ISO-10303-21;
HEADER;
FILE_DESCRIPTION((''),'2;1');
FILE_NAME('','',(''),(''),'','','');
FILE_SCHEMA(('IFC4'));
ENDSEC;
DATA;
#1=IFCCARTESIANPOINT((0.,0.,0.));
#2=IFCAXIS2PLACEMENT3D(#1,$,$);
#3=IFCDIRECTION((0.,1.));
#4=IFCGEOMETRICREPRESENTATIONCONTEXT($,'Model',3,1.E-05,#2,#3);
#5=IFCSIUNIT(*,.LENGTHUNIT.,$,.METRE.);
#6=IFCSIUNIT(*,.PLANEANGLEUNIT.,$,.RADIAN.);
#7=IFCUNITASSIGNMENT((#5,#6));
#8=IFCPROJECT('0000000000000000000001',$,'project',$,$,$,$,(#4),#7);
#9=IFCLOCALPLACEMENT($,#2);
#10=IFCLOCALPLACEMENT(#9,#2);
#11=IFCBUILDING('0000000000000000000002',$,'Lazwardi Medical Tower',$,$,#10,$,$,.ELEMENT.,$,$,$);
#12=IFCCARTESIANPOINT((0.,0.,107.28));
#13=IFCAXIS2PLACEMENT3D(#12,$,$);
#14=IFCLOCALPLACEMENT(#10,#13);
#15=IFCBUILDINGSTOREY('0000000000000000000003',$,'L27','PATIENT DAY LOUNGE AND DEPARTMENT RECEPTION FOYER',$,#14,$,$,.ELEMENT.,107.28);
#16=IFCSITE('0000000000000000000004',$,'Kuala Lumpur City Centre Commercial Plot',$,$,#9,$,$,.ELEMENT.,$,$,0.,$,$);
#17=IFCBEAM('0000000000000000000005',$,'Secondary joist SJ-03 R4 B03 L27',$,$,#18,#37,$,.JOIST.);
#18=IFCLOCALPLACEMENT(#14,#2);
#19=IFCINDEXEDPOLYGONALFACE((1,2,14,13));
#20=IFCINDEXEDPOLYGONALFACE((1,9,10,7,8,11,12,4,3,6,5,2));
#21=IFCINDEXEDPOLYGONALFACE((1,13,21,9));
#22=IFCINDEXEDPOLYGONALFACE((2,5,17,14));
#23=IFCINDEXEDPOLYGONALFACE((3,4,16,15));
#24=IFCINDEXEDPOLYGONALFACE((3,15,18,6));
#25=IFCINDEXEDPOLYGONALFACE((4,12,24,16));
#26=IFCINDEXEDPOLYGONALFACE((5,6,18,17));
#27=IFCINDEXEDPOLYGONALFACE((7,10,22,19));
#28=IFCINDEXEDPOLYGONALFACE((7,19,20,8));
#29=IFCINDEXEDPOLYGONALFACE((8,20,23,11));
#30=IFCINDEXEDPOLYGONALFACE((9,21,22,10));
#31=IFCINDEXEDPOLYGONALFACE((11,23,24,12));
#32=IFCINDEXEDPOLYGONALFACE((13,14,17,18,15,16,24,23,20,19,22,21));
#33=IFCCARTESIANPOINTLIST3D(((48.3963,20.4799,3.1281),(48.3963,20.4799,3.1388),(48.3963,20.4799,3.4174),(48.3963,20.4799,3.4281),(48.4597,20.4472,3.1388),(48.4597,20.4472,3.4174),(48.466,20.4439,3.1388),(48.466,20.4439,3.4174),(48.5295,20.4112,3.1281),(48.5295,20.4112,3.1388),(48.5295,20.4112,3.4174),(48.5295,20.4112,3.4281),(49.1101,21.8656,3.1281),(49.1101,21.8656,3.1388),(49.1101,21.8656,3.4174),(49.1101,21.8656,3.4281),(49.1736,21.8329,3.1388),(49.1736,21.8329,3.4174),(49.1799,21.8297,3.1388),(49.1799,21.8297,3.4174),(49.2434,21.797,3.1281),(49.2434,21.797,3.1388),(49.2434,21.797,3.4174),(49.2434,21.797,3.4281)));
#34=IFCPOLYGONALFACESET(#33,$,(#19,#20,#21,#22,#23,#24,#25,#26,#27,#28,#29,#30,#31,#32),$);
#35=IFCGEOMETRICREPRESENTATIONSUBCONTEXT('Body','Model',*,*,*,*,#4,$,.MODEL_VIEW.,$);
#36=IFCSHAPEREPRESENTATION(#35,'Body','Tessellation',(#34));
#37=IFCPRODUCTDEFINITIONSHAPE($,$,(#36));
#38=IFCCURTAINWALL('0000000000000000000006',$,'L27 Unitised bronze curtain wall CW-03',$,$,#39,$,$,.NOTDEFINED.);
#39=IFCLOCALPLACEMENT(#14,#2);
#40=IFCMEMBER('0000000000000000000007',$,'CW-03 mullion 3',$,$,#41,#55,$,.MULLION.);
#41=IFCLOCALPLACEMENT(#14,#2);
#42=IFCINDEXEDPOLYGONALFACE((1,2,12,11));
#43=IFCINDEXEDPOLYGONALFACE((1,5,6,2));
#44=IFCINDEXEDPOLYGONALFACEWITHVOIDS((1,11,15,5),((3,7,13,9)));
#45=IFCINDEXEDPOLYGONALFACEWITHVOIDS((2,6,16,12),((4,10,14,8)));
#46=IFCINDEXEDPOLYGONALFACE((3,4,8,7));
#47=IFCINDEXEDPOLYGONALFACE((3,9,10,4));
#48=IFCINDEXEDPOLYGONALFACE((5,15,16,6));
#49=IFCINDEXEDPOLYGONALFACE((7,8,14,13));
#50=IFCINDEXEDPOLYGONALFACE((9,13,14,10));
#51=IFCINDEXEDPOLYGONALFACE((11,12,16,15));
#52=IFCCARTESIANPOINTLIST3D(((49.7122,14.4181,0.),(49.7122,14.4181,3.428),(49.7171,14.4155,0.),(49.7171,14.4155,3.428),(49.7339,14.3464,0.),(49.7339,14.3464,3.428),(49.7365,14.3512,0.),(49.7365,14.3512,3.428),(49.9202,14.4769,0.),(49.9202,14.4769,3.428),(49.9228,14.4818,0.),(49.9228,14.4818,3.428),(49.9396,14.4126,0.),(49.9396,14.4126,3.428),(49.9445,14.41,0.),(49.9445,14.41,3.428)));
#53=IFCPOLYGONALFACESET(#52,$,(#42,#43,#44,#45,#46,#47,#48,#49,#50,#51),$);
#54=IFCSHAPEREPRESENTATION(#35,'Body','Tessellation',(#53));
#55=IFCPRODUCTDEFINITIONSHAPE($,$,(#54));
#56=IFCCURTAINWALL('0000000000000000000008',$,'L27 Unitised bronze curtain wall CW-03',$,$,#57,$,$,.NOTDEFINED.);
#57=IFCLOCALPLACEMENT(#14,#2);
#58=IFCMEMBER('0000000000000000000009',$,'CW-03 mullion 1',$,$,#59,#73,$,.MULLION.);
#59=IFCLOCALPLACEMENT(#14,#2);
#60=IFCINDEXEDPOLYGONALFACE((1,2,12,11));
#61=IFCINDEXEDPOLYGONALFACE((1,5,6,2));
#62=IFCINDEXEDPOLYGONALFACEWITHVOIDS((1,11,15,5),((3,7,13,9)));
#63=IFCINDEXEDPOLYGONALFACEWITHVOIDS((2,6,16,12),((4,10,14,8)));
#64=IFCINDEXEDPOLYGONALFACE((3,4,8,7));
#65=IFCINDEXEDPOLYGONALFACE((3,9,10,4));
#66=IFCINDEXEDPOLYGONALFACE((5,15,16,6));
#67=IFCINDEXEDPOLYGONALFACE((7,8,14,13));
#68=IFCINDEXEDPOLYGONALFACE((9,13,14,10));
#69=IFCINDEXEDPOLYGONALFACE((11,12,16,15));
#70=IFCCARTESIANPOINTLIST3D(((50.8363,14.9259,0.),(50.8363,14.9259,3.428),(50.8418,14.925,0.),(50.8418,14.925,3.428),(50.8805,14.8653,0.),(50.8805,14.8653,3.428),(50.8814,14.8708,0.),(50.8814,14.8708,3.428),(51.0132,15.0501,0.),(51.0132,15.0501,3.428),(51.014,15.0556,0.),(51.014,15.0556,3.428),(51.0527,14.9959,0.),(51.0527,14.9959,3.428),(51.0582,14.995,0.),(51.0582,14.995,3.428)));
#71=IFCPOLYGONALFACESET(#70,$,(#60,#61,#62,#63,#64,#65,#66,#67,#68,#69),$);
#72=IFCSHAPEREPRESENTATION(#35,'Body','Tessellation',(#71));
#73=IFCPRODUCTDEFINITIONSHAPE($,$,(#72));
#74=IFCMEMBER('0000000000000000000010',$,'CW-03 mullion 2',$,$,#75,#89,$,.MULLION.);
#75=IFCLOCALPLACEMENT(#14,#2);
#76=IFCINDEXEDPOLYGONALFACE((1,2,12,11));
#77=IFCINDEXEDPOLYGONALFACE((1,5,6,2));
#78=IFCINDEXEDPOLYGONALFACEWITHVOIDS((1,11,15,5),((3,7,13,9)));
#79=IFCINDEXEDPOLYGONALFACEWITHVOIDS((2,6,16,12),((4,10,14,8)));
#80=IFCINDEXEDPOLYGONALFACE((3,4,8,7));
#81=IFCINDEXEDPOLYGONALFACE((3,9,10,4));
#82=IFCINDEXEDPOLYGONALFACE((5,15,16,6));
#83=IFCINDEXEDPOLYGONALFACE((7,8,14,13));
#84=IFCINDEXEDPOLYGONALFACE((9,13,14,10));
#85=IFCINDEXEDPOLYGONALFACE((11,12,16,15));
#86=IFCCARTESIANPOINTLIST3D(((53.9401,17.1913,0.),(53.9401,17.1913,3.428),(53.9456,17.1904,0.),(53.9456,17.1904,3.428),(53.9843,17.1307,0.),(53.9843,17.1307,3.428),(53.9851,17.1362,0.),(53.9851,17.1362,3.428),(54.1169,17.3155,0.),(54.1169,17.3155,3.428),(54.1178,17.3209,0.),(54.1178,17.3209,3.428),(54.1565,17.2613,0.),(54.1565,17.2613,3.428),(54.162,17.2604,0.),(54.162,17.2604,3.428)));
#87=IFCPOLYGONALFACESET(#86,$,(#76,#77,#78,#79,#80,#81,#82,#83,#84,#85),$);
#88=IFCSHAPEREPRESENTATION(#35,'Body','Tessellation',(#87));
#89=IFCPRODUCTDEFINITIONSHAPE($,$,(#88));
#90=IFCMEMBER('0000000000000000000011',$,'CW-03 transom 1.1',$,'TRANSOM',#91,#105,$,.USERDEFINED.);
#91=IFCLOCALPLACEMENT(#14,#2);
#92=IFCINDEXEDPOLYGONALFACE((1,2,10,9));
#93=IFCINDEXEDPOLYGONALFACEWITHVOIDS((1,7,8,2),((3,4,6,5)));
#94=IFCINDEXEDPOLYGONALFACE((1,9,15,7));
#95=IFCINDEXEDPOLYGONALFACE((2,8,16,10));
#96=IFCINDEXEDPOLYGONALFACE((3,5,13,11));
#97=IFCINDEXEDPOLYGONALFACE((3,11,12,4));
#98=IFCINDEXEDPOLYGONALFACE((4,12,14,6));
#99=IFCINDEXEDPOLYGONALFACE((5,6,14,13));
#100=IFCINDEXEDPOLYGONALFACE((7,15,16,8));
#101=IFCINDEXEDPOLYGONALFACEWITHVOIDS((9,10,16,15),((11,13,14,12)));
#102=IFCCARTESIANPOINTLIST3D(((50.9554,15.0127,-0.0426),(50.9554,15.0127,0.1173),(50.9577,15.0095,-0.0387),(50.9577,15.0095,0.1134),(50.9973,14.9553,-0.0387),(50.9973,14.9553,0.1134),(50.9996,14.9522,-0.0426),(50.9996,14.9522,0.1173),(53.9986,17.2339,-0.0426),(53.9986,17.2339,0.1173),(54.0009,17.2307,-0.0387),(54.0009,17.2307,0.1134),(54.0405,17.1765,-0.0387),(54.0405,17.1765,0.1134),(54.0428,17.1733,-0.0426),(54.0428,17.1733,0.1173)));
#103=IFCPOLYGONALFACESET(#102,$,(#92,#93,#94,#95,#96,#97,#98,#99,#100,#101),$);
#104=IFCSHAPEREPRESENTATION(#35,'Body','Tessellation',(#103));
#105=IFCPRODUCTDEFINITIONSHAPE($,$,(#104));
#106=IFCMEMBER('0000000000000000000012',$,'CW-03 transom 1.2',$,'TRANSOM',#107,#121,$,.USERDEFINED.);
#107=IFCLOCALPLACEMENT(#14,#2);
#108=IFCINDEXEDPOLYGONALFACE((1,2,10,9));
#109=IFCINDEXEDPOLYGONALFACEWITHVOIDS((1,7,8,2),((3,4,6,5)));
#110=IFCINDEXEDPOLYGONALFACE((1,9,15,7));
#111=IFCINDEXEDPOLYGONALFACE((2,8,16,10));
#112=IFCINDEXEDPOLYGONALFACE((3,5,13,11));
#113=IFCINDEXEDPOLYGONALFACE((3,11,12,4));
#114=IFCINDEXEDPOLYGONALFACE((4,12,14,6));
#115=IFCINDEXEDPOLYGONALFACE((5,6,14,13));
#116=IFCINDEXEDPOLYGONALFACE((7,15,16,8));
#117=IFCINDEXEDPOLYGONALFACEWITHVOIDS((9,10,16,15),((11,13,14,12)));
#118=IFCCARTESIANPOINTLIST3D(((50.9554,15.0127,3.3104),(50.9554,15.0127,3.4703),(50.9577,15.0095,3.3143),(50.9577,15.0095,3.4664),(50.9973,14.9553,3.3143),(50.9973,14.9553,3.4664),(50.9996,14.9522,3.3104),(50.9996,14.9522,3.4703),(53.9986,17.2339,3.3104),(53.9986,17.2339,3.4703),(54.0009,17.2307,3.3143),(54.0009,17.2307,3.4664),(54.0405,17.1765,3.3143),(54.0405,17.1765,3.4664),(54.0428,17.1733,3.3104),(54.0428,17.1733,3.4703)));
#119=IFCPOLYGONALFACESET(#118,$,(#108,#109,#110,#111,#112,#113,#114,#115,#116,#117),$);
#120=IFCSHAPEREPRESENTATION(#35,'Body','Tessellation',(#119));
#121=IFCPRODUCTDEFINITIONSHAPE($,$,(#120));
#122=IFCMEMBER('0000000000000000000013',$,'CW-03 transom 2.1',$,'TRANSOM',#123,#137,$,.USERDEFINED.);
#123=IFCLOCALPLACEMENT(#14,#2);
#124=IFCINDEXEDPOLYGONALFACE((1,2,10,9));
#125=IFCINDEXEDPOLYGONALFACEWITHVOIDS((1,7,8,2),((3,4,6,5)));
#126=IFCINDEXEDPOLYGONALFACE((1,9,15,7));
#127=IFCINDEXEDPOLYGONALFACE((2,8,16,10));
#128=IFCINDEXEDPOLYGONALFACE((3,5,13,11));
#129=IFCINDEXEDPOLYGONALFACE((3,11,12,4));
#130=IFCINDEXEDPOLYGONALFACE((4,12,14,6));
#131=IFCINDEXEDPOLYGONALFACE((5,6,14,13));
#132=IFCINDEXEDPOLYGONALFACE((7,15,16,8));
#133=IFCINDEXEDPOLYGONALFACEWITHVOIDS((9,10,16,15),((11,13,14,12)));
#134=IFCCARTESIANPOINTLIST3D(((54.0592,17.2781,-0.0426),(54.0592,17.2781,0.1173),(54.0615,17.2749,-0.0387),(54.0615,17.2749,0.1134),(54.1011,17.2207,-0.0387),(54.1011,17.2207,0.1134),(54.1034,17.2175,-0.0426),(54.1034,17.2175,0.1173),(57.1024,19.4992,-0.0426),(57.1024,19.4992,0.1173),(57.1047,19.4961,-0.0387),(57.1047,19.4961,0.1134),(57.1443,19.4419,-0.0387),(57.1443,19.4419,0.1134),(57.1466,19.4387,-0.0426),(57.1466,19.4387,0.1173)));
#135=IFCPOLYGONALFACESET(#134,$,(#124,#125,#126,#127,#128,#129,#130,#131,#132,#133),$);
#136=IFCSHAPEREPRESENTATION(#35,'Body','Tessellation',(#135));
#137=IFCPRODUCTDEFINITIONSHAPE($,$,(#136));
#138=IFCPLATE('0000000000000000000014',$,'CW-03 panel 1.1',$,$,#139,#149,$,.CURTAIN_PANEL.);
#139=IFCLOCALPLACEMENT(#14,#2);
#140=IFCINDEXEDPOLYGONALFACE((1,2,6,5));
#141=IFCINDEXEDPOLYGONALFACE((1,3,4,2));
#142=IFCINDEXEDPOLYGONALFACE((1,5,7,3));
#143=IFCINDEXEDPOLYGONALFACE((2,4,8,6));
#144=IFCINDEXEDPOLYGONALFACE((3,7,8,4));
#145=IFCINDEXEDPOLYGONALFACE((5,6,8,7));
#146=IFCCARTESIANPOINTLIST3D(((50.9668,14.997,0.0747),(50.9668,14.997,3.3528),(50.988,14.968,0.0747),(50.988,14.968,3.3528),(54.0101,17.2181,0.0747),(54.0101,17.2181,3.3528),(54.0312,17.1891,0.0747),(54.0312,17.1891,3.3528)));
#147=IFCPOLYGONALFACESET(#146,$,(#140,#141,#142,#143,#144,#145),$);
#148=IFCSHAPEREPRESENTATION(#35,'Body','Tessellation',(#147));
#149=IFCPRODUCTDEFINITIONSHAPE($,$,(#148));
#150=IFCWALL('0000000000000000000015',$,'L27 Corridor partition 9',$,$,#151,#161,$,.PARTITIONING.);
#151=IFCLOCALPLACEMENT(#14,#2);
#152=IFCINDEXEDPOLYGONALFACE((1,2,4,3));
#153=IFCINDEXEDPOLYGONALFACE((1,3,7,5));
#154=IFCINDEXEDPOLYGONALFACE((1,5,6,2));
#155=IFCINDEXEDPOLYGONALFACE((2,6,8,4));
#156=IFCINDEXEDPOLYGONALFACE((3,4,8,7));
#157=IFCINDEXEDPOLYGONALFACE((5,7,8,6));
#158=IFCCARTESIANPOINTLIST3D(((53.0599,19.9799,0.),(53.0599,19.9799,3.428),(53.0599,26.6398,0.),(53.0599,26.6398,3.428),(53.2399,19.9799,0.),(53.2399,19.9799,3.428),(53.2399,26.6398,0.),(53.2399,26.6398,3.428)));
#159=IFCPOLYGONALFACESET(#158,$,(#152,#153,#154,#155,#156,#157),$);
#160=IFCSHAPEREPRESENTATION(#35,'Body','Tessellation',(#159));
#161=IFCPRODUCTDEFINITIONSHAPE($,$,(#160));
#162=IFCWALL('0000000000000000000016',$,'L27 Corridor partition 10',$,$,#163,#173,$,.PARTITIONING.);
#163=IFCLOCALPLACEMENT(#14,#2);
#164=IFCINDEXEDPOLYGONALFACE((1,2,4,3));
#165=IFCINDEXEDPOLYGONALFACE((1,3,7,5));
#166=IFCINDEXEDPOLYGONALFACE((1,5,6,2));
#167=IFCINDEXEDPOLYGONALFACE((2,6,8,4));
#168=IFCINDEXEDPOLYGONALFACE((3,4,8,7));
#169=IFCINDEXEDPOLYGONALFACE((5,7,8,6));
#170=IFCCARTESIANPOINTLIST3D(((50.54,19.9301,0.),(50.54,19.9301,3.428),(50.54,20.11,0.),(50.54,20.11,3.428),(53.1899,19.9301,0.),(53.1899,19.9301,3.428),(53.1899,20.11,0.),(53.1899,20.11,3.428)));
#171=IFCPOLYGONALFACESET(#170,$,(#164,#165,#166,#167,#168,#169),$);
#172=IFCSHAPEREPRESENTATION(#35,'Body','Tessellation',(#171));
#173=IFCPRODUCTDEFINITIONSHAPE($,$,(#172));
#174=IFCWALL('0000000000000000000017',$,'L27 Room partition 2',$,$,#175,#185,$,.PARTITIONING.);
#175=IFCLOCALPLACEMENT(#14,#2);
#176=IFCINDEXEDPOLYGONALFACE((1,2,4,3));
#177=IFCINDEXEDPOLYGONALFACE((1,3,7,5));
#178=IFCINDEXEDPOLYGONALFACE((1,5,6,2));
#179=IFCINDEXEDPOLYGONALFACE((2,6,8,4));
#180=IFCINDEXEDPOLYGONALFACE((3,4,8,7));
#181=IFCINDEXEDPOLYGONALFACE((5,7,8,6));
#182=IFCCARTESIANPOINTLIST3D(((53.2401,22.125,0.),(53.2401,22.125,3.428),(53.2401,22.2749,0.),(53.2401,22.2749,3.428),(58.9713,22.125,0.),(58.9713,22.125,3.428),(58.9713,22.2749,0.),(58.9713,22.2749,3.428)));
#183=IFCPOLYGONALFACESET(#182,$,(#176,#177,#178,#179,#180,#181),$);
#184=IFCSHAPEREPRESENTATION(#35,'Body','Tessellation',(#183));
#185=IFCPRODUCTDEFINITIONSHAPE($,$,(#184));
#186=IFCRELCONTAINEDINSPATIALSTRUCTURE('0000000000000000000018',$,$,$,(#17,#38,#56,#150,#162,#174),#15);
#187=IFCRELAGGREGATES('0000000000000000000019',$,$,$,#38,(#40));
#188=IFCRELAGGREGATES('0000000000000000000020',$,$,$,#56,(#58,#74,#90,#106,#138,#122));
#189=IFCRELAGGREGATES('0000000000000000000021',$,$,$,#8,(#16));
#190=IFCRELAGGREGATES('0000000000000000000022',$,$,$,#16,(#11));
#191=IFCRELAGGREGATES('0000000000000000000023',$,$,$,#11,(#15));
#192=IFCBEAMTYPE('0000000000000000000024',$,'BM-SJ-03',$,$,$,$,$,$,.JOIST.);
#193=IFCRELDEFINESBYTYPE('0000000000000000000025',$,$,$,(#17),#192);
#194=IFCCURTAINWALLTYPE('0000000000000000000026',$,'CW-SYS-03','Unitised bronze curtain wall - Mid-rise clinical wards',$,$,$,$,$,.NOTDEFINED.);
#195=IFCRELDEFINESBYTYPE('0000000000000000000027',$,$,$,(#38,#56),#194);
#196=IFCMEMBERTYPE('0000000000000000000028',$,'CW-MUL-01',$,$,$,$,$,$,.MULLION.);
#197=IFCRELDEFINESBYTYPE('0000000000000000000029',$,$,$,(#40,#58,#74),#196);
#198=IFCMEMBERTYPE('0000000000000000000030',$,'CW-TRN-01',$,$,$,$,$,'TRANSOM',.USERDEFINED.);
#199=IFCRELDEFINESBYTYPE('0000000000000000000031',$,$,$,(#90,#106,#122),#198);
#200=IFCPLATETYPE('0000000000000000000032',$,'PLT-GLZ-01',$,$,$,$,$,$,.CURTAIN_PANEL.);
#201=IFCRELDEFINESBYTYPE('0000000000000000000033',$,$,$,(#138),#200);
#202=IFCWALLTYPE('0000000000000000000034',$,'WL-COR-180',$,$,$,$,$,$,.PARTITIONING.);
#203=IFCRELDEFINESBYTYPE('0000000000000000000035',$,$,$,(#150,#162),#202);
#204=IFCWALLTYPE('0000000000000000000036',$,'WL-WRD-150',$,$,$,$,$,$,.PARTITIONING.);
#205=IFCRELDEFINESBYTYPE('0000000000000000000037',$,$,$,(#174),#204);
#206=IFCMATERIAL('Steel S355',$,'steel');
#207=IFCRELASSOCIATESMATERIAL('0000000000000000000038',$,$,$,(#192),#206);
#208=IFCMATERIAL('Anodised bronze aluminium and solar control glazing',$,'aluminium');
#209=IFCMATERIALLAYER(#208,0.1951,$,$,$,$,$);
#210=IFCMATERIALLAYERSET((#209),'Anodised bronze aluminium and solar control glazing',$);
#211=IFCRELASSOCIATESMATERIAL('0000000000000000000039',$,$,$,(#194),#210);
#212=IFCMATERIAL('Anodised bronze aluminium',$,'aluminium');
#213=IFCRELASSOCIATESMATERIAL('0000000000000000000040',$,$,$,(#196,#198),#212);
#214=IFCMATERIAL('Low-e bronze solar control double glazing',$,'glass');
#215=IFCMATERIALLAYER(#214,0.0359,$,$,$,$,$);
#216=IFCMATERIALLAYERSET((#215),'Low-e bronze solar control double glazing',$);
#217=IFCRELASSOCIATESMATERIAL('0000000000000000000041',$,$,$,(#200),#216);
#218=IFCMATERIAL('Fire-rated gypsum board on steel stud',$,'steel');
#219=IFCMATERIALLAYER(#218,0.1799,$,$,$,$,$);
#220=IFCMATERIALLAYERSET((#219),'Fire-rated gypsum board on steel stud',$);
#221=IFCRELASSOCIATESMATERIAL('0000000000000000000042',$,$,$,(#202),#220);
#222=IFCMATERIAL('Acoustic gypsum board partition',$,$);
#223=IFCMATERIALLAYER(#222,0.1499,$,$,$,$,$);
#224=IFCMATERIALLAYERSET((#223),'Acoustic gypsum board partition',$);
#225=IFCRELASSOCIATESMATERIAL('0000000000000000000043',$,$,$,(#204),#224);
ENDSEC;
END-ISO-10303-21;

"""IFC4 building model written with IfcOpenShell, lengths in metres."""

from ifc_helpers import new_model, si_unit, direction, frame, frame_2d, origin, origin_2d, place, context, subcontext, project, spatial, rectangle, hollow_rectangle, i_section, extrude, material, layer, layer_set, material_profile, profile_set, type_object, element, aggregate, save


model = new_model("IFC4")

# Units and contexts
model_context = context("Model", 3, precision=1e-05, world=origin(), true_north=direction((0.0, 1.0)))
body_context = subcontext(model_context, "Body", "Model", "MODEL_VIEW")
ifc_project = project(units=[si_unit("LENGTHUNIT", "METRE"), si_unit("PLANEANGLEUNIT", "RADIAN")], contexts=[model_context])

# Site, building, storey
site_placement = place(None, origin())
site = spatial("IfcSite", under=ifc_project, at=site_placement, Name="Kuala Lumpur City Centre Commercial Plot", CompositionType="ELEMENT", RefElevation=0.0)
building_placement = place(site_placement, origin())
building = spatial("IfcBuilding", under=site, at=building_placement, Name="Lazwardi Medical Tower", CompositionType="ELEMENT")
storey_placement = place(building_placement, frame((0.0, 0.0, 107.28)))
storey = spatial("IfcBuildingStorey", under=building, at=storey_placement, Name="L27", Description="PATIENT DAY LOUNGE AND DEPARTMENT RECEPTION FOYER", CompositionType="ELEMENT", Elevation=107.28)

# Beam
ifc_material_1 = material(Name="Steel S355", Category="steel")
ifc_material_profile_1 = material_profile(ifc_material_1, i_section(OverallWidth=0.1499, OverallDepth=0.3, WebThickness=0.0071, FlangeThickness=0.0107, at=origin_2d()), Name="IPE 300")
ifc_profile_set_1 = profile_set([ifc_material_profile_1], Name="Steel S355")
beam_type_1 = type_object("IfcBeamType", Name="BM-SJ-03", PredefinedType="JOIST", material=ifc_profile_set_1)
beam_1_placement = place(storey_placement, frame((48.4629, 20.4456, 3.2781), z_axis=(0.457957, 0.888975, 0.0), x_axis=(-0.888975, 0.457957, 0.0)))
element("IfcBeam", 1, at=beam_1_placement, inside=storey, type_object=beam_type_1, Name="Secondary joist SJ-03 R4 B03 L27", PredefinedType="JOIST", context=body_context, shape_type="SweptSolid", body=[
    extrude(i_section(OverallWidth=0.1499, OverallDepth=0.3, WebThickness=0.0071, FlangeThickness=0.0107, at=origin_2d()), origin(), (0.0, 0.0, 1.0), 1.5588),
])

# Curtain wall, member
ifc_material_2 = material(Name="Anodised bronze aluminium and solar control glazing", Category="aluminium")
ifc_layer_1 = layer(ifc_material_2, 0.1951)
ifc_layer_set_1 = layer_set([ifc_layer_1], Name="Anodised bronze aluminium and solar control glazing")
curtain_wall_type = type_object("IfcCurtainWallType", Name="CW-SYS-03", Description="Unitised bronze curtain wall - Mid-rise clinical wards", PredefinedType="NOTDEFINED", material=ifc_layer_set_1)
curtain_wall_1_placement = place(storey_placement, origin())
curtain_wall_1 = element("IfcCurtainWall", 2, at=curtain_wall_1_placement, inside=storey, type_object=curtain_wall_type, Name="L27 Unitised bronze curtain wall CW-03", PredefinedType="NOTDEFINED")
ifc_material_3 = material(Name="Anodised bronze aluminium", Category="aluminium")
ifc_material_profile_2 = material_profile(ifc_material_3, hollow_rectangle(XDim=0.075, YDim=0.22, WallThickness=0.0039, at=origin_2d()), Name="ALU-MULLION 220x75x4")
ifc_profile_set_2 = profile_set([ifc_material_profile_2], Name="Anodised bronze aluminium")
member_type_1 = type_object("IfcMemberType", Name="CW-MUL-01", PredefinedType="MULLION", material=ifc_profile_set_2)
member_1_placement = place(storey_placement, frame((49.8284, 14.4141, 0.0), z_axis=(0.0, 0.0, 1.0), x_axis=(-0.289374, 0.957216, 0.0)))
member_1 = element("IfcMember", 3, at=member_1_placement, type_object=member_type_1, Name="CW-03 mullion 3", PredefinedType="MULLION", context=body_context, shape_type="SweptSolid", body=[
    extrude(hollow_rectangle(XDim=0.075, YDim=0.22, WallThickness=0.0039, at=origin_2d()), origin(), (0.0, 0.0, 1.0), 3.428),
])
aggregate(curtain_wall_1, [member_1])

# Curtain wall, members, plate
curtain_wall_2_placement = place(storey_placement, origin())
curtain_wall_2 = element("IfcCurtainWall", 4, at=curtain_wall_2_placement, inside=storey, type_object=curtain_wall_type, Name="L27 Unitised bronze curtain wall CW-03", PredefinedType="NOTDEFINED")
member_2_placement = place(storey_placement, frame((50.9473, 14.9604, 0.0), z_axis=(0.0, 0.0, 1.0), x_axis=(-0.589531, 0.807746, 0.0)))
member_2 = element("IfcMember", 5, at=member_2_placement, type_object=member_type_1, Name="CW-03 mullion 1", PredefinedType="MULLION", context=body_context, shape_type="SweptSolid", body=[
    extrude(hollow_rectangle(XDim=0.075, YDim=0.22, WallThickness=0.0039, at=origin_2d()), origin(), (0.0, 0.0, 1.0), 3.428),
])
member_3_placement = place(storey_placement, frame((54.051, 17.2258, 0.0), z_axis=(0.0, 0.0, 1.0), x_axis=(-0.589531, 0.807746, 0.0)))
member_3 = element("IfcMember", 6, at=member_3_placement, type_object=member_type_1, Name="CW-03 mullion 2", PredefinedType="MULLION", context=body_context, shape_type="SweptSolid", body=[
    extrude(hollow_rectangle(XDim=0.075, YDim=0.22, WallThickness=0.0039, at=origin_2d()), origin(), (0.0, 0.0, 1.0), 3.428),
])
ifc_material_profile_3 = material_profile(ifc_material_3, hollow_rectangle(XDim=0.075, YDim=0.1599, WallThickness=0.0039, at=origin_2d()), Name="ALU-TRANSOM 160x75x4")
ifc_profile_set_3 = profile_set([ifc_material_profile_3], Name="Anodised bronze aluminium")
member_type_2 = type_object("IfcMemberType", Name="CW-TRN-01", ElementType="TRANSOM", PredefinedType="USERDEFINED", material=ifc_profile_set_3)
member_4_placement = place(storey_placement, frame((50.9775, 14.9824, 0.0374), z_axis=(0.807732, 0.58955, 0.0), x_axis=(-0.58955, 0.807732, 0.0)))
member_4 = element("IfcMember", 7, at=member_4_placement, type_object=member_type_2, Name="CW-03 transom 1.1", ObjectType="TRANSOM", PredefinedType="USERDEFINED", context=body_context, shape_type="SweptSolid", body=[
    extrude(hollow_rectangle(XDim=0.075, YDim=0.1599, WallThickness=0.0039, at=origin_2d()), origin(), (0.0, 0.0, 1.0), 3.7676),
])
member_5_placement = place(storey_placement, frame((50.9775, 14.9824, 3.3904), z_axis=(0.807732, 0.58955, 0.0), x_axis=(-0.58955, 0.807732, 0.0)))
member_5 = element("IfcMember", 8, at=member_5_placement, type_object=member_type_2, Name="CW-03 transom 1.2", ObjectType="TRANSOM", PredefinedType="USERDEFINED", context=body_context, shape_type="SweptSolid", body=[
    extrude(hollow_rectangle(XDim=0.075, YDim=0.1599, WallThickness=0.0039, at=origin_2d()), origin(), (0.0, 0.0, 1.0), 3.7676),
])
member_6_placement = place(storey_placement, frame((54.0813, 17.2478, 0.0374), z_axis=(0.807732, 0.58955, 0.0), x_axis=(-0.58955, 0.807732, 0.0)))
member_6 = element("IfcMember", 9, at=member_6_placement, type_object=member_type_2, Name="CW-03 transom 2.1", ObjectType="TRANSOM", PredefinedType="USERDEFINED", context=body_context, shape_type="SweptSolid", body=[
    extrude(hollow_rectangle(XDim=0.075, YDim=0.1599, WallThickness=0.0039, at=origin_2d()), origin(), (0.0, 0.0, 1.0), 3.7676),
])
ifc_material_4 = material(Name="Low-e bronze solar control double glazing", Category="glass")
ifc_layer_2 = layer(ifc_material_4, 0.0359)
ifc_layer_set_2 = layer_set([ifc_layer_2], Name="Low-e bronze solar control double glazing")
plate_type = type_object("IfcPlateType", Name="PLT-GLZ-01", PredefinedType="CURTAIN_PANEL", material=ifc_layer_set_2)
plate_placement = place(storey_placement, frame((52.499, 16.093, 0.0747), z_axis=(0.0, 0.0, 1.0), x_axis=(0.807746, 0.589531, 0.0)))
plate = element("IfcPlate", 10, at=plate_placement, type_object=plate_type, Name="CW-03 panel 1.1", PredefinedType="CURTAIN_PANEL", context=body_context, shape_type="SweptSolid", body=[
    extrude(rectangle(XDim=3.7676, YDim=0.0359, at=origin_2d()), origin(), (0.0, 0.0, 1.0), 3.2781),
])
aggregate(curtain_wall_2, [member_2, member_3, member_4, member_5, plate, member_6])

# Walls
ifc_material_5 = material(Name="Fire-rated gypsum board on steel stud", Category="steel")
ifc_layer_3 = layer(ifc_material_5, 0.1799)
ifc_layer_set_3 = layer_set([ifc_layer_3], Name="Fire-rated gypsum board on steel stud")
wall_type_1 = type_object("IfcWallType", Name="WL-COR-180", PredefinedType="PARTITIONING", material=ifc_layer_set_3)
wall_1_placement = place(storey_placement, frame((53.1499, 26.6399, 0.0), z_axis=(0.0, 0.0, 1.0), x_axis=(0.0, -1.0, 0.0)))
element("IfcWall", 11, at=wall_1_placement, inside=storey, type_object=wall_type_1, Name="L27 Corridor partition 9", PredefinedType="PARTITIONING", context=body_context, shape_type="SweptSolid", body=[
    extrude(rectangle(XDim=6.6599, YDim=0.1799, at=frame_2d((3.3301, 0.0))), origin(), (0.0, 0.0, 1.0), 3.428),
])
wall_2_placement = place(storey_placement, frame((53.1899, 20.02, 0.0), z_axis=(0.0, 0.0, 1.0), x_axis=(-1.0, 0.0, 0.0)))
element("IfcWall", 12, at=wall_2_placement, inside=storey, type_object=wall_type_1, Name="L27 Corridor partition 10", PredefinedType="PARTITIONING", context=body_context, shape_type="SweptSolid", body=[
    extrude(rectangle(XDim=2.6499, YDim=0.1799, at=frame_2d((1.325, 0.0))), origin(), (0.0, 0.0, 1.0), 3.428),
])
ifc_material_6 = material(Name="Acoustic gypsum board partition")
ifc_layer_4 = layer(ifc_material_6, 0.1499)
ifc_layer_set_4 = layer_set([ifc_layer_4], Name="Acoustic gypsum board partition")
wall_type_2 = type_object("IfcWallType", Name="WL-WRD-150", PredefinedType="PARTITIONING", material=ifc_layer_set_4)
wall_3_placement = place(storey_placement, frame((53.24, 22.2, 0.0), z_axis=(0.0, 0.0, 1.0), x_axis=(1.0, 0.0, 0.0)))
element("IfcWall", 13, at=wall_3_placement, inside=storey, type_object=wall_type_2, Name="L27 Room partition 2", PredefinedType="PARTITIONING", context=body_context, shape_type="SweptSolid", body=[
    extrude(rectangle(XDim=5.7312, YDim=0.1499, at=frame_2d((2.8657, 0.0))), origin(), (0.0, 0.0, 1.0), 3.428),
])

save(model, "model.ifc")
